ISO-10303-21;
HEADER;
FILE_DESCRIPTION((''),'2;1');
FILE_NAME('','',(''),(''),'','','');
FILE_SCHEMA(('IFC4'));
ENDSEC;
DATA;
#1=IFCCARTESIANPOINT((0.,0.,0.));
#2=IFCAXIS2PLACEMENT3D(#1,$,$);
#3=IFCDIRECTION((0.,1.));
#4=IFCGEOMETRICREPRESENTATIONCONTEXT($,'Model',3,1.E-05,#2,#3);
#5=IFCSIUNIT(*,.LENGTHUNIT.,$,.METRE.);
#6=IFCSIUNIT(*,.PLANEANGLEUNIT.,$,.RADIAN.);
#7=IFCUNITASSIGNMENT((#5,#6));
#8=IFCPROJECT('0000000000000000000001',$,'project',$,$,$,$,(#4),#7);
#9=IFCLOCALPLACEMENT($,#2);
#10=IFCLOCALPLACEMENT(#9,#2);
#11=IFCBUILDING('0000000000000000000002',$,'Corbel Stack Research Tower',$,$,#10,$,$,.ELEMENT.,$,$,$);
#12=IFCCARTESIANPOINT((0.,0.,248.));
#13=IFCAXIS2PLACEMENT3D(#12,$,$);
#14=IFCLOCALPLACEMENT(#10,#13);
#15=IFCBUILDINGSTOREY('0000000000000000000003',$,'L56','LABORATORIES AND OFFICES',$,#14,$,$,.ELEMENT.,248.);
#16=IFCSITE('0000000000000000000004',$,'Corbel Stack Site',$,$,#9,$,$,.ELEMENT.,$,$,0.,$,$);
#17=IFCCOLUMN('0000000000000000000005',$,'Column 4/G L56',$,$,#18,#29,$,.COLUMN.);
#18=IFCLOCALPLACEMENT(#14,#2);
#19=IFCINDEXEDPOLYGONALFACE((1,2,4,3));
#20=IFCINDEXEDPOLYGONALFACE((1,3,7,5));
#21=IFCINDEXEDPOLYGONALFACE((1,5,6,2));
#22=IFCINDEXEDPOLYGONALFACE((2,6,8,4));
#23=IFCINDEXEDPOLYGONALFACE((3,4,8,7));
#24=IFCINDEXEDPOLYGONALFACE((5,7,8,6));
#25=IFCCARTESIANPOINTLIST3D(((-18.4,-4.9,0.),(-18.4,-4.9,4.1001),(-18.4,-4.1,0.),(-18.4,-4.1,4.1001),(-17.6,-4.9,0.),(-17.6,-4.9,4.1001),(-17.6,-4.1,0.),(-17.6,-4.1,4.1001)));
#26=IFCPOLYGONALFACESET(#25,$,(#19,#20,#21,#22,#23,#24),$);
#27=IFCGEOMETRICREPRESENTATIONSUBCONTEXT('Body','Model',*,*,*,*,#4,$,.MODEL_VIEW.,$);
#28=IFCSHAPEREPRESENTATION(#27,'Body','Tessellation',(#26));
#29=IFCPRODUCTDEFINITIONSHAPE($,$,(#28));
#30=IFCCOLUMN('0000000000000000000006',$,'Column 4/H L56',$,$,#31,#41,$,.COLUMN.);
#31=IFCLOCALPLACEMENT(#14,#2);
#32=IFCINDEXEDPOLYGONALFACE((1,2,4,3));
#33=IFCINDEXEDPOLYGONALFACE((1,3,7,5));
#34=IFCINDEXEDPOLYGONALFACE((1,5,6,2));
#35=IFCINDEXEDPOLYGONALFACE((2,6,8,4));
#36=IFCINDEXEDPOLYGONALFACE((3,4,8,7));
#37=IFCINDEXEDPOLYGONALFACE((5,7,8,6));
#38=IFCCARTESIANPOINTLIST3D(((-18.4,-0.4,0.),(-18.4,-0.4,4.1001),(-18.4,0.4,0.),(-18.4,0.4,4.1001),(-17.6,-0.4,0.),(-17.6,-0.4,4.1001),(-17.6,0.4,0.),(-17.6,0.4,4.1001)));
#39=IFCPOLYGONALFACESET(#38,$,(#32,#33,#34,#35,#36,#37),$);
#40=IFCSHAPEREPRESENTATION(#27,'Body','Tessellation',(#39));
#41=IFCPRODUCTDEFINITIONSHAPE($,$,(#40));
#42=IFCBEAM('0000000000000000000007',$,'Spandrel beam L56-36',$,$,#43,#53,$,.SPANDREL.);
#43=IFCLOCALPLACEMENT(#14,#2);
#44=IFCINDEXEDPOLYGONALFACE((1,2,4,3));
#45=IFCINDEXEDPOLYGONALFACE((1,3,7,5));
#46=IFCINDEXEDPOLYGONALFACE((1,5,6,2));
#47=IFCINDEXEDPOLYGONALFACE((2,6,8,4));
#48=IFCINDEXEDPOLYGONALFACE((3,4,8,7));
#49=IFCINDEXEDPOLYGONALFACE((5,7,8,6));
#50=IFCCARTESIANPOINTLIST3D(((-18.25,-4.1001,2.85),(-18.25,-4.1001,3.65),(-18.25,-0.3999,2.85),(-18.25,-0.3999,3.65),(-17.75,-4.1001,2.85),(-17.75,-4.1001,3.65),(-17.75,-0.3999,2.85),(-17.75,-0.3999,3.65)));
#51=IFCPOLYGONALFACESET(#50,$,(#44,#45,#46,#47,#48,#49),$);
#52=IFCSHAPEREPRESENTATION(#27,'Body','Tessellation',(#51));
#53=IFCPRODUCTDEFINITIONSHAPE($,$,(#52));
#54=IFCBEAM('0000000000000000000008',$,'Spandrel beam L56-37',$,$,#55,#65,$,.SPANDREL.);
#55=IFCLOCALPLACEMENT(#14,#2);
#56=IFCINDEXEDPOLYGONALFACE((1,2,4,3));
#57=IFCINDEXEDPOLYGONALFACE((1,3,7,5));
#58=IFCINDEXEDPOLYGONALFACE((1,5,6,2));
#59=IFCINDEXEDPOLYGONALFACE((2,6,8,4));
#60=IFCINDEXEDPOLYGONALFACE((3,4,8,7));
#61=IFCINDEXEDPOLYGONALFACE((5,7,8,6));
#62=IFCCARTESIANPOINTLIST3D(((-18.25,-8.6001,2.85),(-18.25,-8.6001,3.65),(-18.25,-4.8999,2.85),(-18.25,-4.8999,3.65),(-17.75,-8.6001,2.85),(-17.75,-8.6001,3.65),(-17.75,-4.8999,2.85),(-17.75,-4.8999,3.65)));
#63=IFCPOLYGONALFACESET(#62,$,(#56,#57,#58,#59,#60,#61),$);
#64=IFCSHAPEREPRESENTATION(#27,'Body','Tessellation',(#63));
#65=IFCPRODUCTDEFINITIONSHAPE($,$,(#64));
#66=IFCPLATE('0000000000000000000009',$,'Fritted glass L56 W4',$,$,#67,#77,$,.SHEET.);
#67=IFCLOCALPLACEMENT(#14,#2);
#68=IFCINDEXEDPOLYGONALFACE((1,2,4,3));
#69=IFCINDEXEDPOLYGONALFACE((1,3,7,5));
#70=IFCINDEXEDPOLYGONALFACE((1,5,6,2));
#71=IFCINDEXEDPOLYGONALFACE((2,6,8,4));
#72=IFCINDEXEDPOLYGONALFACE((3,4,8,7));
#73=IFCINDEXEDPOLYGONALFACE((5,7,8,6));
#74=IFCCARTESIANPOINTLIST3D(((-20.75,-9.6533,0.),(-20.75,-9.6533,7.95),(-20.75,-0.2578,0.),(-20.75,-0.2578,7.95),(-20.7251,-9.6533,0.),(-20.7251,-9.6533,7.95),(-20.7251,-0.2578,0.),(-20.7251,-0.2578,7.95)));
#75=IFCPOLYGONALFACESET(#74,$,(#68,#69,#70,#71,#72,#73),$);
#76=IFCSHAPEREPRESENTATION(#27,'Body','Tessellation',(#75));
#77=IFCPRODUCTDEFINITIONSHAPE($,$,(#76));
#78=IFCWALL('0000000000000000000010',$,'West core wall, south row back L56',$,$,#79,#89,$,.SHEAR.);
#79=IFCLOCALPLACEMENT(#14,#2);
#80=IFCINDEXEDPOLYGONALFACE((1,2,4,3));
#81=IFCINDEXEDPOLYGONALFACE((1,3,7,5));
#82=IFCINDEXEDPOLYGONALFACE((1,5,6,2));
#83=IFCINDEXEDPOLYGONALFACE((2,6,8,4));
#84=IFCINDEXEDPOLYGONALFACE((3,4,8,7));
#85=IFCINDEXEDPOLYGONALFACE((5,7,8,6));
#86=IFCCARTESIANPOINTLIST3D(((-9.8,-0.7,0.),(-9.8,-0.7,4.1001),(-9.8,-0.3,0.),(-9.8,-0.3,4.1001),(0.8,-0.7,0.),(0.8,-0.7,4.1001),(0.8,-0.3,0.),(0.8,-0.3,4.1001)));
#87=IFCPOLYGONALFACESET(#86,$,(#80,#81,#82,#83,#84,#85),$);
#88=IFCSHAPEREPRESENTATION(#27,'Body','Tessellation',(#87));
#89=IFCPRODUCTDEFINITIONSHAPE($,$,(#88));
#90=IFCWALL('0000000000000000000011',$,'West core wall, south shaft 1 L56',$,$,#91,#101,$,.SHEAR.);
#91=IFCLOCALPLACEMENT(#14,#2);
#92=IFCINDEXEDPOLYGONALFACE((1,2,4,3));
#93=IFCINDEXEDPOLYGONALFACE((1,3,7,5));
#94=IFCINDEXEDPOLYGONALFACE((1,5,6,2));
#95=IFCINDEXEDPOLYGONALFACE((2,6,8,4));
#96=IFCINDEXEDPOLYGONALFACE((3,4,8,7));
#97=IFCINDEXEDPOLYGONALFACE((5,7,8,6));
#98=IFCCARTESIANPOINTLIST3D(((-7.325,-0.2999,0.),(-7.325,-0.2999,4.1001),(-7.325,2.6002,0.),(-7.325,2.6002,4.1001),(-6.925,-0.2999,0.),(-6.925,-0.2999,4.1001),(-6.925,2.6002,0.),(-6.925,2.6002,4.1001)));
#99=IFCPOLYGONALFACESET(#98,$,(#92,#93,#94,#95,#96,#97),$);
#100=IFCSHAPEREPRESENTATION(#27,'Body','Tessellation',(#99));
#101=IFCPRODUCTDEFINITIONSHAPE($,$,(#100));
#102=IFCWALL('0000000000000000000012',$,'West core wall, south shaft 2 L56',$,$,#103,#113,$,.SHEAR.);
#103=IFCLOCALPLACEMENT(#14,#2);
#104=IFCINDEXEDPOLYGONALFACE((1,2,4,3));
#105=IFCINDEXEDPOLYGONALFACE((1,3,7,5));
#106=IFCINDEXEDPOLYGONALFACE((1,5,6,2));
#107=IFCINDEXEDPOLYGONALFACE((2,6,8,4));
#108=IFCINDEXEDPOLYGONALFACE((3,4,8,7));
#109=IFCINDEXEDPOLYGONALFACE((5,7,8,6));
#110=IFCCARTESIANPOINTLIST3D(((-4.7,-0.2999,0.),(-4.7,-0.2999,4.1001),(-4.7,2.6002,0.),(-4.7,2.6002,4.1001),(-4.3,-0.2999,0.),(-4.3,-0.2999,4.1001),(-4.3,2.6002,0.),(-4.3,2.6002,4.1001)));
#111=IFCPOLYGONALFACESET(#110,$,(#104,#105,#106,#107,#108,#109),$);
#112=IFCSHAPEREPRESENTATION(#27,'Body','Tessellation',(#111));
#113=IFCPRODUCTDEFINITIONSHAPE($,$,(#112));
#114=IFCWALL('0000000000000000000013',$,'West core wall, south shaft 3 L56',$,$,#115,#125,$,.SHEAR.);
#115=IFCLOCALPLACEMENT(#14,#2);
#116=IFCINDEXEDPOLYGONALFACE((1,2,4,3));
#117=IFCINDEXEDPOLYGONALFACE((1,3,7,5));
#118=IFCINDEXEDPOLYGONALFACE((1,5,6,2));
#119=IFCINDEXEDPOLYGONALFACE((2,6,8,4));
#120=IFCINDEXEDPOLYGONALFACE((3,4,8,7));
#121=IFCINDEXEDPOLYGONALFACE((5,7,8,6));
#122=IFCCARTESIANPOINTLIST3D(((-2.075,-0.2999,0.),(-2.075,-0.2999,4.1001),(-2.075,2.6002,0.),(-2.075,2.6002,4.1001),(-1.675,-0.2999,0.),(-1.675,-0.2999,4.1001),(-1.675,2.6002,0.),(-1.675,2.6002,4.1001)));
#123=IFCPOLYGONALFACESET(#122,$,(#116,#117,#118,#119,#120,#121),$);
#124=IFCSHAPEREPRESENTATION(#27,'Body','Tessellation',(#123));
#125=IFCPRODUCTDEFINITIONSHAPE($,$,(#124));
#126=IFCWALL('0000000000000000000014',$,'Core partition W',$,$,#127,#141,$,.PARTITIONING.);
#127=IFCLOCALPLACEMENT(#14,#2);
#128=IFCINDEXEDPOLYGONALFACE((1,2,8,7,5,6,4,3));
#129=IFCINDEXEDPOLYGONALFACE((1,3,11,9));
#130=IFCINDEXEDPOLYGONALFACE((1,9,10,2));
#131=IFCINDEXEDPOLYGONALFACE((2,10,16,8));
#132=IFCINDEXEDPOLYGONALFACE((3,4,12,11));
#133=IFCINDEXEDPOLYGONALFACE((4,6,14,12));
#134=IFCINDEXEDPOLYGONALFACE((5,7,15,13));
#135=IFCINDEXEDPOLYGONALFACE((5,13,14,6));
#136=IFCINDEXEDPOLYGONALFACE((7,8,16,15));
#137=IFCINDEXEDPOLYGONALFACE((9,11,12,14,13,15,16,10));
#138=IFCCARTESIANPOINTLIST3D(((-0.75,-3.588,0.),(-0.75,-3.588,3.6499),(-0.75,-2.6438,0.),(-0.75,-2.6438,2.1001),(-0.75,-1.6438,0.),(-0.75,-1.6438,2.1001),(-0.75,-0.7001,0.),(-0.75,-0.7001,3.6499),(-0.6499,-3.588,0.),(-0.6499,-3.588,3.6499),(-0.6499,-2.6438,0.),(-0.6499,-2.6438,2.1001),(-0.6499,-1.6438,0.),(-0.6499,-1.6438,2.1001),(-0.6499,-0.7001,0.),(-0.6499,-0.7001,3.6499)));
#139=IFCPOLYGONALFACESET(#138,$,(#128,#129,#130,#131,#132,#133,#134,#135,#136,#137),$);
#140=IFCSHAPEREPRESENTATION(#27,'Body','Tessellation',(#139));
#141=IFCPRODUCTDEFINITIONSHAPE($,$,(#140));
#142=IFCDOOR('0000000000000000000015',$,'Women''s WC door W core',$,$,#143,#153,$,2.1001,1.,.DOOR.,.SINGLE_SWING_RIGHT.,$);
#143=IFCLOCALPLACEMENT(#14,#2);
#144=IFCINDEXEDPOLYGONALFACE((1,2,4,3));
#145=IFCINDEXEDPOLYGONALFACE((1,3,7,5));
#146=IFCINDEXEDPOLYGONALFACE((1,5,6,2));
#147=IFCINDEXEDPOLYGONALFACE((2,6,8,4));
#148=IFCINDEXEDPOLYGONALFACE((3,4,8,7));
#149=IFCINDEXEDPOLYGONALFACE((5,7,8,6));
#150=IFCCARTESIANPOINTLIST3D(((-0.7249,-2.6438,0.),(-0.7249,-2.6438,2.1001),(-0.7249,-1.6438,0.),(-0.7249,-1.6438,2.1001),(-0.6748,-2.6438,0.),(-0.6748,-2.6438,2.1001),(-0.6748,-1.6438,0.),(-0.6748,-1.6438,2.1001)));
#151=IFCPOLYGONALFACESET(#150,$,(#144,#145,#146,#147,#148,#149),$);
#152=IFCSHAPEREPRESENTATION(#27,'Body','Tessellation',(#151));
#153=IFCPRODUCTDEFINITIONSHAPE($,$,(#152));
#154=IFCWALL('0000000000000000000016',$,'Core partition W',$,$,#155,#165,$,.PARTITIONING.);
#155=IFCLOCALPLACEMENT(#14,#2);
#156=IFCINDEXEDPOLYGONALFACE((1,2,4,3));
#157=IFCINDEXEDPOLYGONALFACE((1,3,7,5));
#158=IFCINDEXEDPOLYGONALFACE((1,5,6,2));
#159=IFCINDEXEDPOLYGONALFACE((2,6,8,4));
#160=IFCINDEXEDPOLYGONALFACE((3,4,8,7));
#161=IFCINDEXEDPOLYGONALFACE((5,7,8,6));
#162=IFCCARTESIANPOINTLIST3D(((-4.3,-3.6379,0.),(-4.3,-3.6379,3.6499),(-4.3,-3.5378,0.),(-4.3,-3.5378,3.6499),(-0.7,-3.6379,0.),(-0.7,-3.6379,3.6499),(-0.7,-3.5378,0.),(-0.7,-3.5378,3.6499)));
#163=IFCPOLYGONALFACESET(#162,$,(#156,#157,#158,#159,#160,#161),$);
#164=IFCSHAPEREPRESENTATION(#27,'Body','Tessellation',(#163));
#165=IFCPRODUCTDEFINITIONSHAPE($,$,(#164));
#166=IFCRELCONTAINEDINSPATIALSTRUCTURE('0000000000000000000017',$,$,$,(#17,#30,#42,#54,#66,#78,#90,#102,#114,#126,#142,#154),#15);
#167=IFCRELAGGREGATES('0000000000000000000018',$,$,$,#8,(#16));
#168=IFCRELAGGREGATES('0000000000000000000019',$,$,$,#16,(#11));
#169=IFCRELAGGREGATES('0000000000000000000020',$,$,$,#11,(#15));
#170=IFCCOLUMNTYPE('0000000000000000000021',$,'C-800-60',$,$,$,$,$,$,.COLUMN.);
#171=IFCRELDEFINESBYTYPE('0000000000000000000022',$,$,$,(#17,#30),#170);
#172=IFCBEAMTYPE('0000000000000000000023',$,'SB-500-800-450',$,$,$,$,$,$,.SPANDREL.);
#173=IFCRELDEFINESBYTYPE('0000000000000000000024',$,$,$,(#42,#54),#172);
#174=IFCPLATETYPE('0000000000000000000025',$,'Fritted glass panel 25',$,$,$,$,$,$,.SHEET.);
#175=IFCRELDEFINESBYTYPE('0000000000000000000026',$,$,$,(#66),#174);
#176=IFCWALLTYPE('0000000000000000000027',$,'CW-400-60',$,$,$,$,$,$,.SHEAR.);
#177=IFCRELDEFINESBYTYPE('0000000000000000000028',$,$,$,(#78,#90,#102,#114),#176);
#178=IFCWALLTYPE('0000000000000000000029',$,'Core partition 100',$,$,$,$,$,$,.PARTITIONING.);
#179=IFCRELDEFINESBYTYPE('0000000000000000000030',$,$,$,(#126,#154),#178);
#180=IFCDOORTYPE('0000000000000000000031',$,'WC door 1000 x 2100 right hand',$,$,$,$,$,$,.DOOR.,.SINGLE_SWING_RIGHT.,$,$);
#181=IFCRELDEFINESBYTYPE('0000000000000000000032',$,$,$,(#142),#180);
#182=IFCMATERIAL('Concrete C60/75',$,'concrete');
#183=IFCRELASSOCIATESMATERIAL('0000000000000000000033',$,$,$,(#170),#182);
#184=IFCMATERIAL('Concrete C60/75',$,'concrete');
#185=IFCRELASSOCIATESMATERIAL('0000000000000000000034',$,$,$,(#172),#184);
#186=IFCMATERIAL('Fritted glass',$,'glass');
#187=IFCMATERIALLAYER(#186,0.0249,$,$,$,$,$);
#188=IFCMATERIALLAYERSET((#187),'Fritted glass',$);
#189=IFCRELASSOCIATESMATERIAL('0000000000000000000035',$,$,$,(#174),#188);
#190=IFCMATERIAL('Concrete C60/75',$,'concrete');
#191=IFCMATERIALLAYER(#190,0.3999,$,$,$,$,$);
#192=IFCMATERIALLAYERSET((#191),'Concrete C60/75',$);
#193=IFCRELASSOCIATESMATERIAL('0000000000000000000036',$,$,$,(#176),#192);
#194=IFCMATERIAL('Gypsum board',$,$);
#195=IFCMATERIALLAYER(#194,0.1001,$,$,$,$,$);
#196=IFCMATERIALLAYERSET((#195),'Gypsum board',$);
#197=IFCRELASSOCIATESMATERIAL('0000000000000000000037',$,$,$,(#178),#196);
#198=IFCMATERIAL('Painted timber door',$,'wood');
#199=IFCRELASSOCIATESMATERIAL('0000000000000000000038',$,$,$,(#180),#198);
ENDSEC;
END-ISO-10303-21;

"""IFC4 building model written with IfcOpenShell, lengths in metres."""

from ifc_helpers import new_model, si_unit, direction, frame, frame_2d, origin, origin_2d, place, context, subcontext, project, spatial, rectangle, extrude, material, layer, layer_set, material_profile, profile_set, type_object, element, fill, save


model = new_model("IFC4")

# Units and contexts
model_context = context("Model", 3, precision=1e-05, world=origin(), true_north=direction((0.0, 1.0)))
body_context = subcontext(model_context, "Body", "Model", "MODEL_VIEW")
ifc_project = project(units=[si_unit("LENGTHUNIT", "METRE"), si_unit("PLANEANGLEUNIT", "RADIAN")], contexts=[model_context])

# Site, building, storey
site_placement = place(None, origin())
site = spatial("IfcSite", under=ifc_project, at=site_placement, Name="Corbel Stack Site", CompositionType="ELEMENT", RefElevation=0.0)
building_placement = place(site_placement, origin())
building = spatial("IfcBuilding", under=site, at=building_placement, Name="Corbel Stack Research Tower", CompositionType="ELEMENT")
storey_placement = place(building_placement, frame((0.0, 0.0, 248.0)))
storey = spatial("IfcBuildingStorey", under=building, at=storey_placement, Name="L56", Description="LABORATORIES AND OFFICES", CompositionType="ELEMENT", Elevation=248.0)

# Columns
ifc_material_1 = material(Name="Concrete C60/75", Category="concrete")
ifc_material_profile_1 = material_profile(ifc_material_1, rectangle(XDim=0.8, YDim=0.8, at=origin_2d()), Name="RC 800 x 800")
ifc_profile_set_1 = profile_set([ifc_material_profile_1], Name="Concrete C60/75")
column_type = type_object("IfcColumnType", Name="C-800-60", PredefinedType="COLUMN", material=ifc_profile_set_1)
for number, where, z_axis, x_axis, name in (
    (1, (-18.0, -4.5, 0.0), (0.0, 0.0, 1.0), (1.0, 0.0, 0.0), "Column 4/G L56"),
    (2, (-18.0, 0.0, 0.0), (0.0, 0.0, 1.0), (1.0, 0.0, 0.0), "Column 4/H L56"),
):
    element("IfcColumn", number, at=place(storey_placement, frame(where, z_axis=z_axis, x_axis=x_axis)), inside=storey, type_object=column_type, Name=name, PredefinedType="COLUMN", context=body_context, shape_type="SweptSolid", body=[
        extrude(rectangle(XDim=0.8, YDim=0.8, at=origin_2d()), origin(), (0.0, 0.0, 1.0), 4.1001),
    ])

# Beams
ifc_material_2 = material(Name="Concrete C60/75", Category="concrete")
ifc_material_profile_2 = material_profile(ifc_material_2, rectangle(XDim=0.5, YDim=0.8, at=origin_2d()), Name="RC 500 x 800")
ifc_profile_set_2 = profile_set([ifc_material_profile_2], Name="Concrete C60/75")
beam_type = type_object("IfcBeamType", Name="SB-500-800-450", PredefinedType="SPANDREL", material=ifc_profile_set_2)
for number, where, z_axis, x_axis, name in (
    (3, (-18.0, -0.3999, 3.25), (0.0, -1.0, 0.0), (1.0, 0.0, 0.0), "Spandrel beam L56-36"),
    (4, (-18.0, -4.8999, 3.25), (0.0, -1.0, 0.0), (1.0, 0.0, 0.0), "Spandrel beam L56-37"),
):
    element("IfcBeam", number, at=place(storey_placement, frame(where, z_axis=z_axis, x_axis=x_axis)), inside=storey, type_object=beam_type, Name=name, PredefinedType="SPANDREL", context=body_context, shape_type="SweptSolid", body=[
        extrude(rectangle(XDim=0.5, YDim=0.8, at=origin_2d()), origin(), (0.0, 0.0, 1.0), 3.7002),
    ])

# Plate
ifc_material_3 = material(Name="Fritted glass", Category="glass")
ifc_layer_1 = layer(ifc_material_3, 0.0249)
ifc_layer_set_1 = layer_set([ifc_layer_1], Name="Fritted glass")
plate_type = type_object("IfcPlateType", Name="Fritted glass panel 25", PredefinedType="SHEET", material=ifc_layer_set_1)
plate_placement = place(storey_placement, frame((-20.7375, -4.9556, 0.0), z_axis=(0.0, 0.0, 1.0), x_axis=(0.0, -1.0, 0.0)))
element("IfcPlate", 5, at=plate_placement, inside=storey, type_object=plate_type, Name="Fritted glass L56 W4", PredefinedType="SHEET", context=body_context, shape_type="SweptSolid", body=[
    extrude(rectangle(XDim=9.3955, YDim=0.0249, at=origin_2d()), origin(), (0.0, 0.0, 1.0), 7.95),
])

# Walls
ifc_material_4 = material(Name="Concrete C60/75", Category="concrete")
ifc_layer_2 = layer(ifc_material_4, 0.3999)
ifc_layer_set_2 = layer_set([ifc_layer_2], Name="Concrete C60/75")
wall_type_1 = type_object("IfcWallType", Name="CW-400-60", PredefinedType="SHEAR", material=ifc_layer_set_2)
wall_1_placement = place(storey_placement, frame((-9.8, -0.5, 0.0), z_axis=(0.0, 0.0, 1.0), x_axis=(1.0, 0.0, 0.0)))
element("IfcWall", 6, at=wall_1_placement, inside=storey, type_object=wall_type_1, Name="West core wall, south row back L56", PredefinedType="SHEAR", context=body_context, shape_type="SweptSolid", body=[
    extrude(rectangle(XDim=10.6001, YDim=0.3999, at=frame_2d((5.3, 0.0))), origin(), (0.0, 0.0, 1.0), 4.1001),
])
for number, where, z_axis, x_axis, name in (
    (7, (-7.125, -0.3, 0.0), (0.0, 0.0, 1.0), (0.0, 1.0, 0.0), "West core wall, south shaft 1 L56"),
    (8, (-4.5, -0.3, 0.0), (0.0, 0.0, 1.0), (0.0, 1.0, 0.0), "West core wall, south shaft 2 L56"),
    (9, (-1.875, -0.3, 0.0), (0.0, 0.0, 1.0), (0.0, 1.0, 0.0), "West core wall, south shaft 3 L56"),
):
    element("IfcWall", number, at=place(storey_placement, frame(where, z_axis=z_axis, x_axis=x_axis)), inside=storey, type_object=wall_type_1, Name=name, PredefinedType="SHEAR", context=body_context, shape_type="SweptSolid", body=[
        extrude(rectangle(XDim=2.9001, YDim=0.3999, at=frame_2d((1.4502, 0.0))), origin(), (0.0, 0.0, 1.0), 4.1001),
    ])

# Wall, opening, door
ifc_material_5 = material(Name="Gypsum board")
ifc_layer_3 = layer(ifc_material_5, 0.1001)
ifc_layer_set_3 = layer_set([ifc_layer_3], Name="Gypsum board")
wall_type_2 = type_object("IfcWallType", Name="Core partition 100", PredefinedType="PARTITIONING", material=ifc_layer_set_3)
wall_2_placement = place(storey_placement, frame((-0.7, -3.5879, 0.0), z_axis=(0.0, 0.0, 1.0), x_axis=(0.0, 1.0, 0.0)))
wall_2 = element("IfcWall", 10, at=wall_2_placement, inside=storey, type_object=wall_type_2, Name="Core partition W", PredefinedType="PARTITIONING", context=body_context, shape_type="SweptSolid", body=[
    extrude(rectangle(XDim=2.8879, YDim=0.1001, at=frame_2d((1.4438, 0.0))), origin(), (0.0, 0.0, 1.0), 3.6499),
])
opening_1_placement = place(wall_2_placement, frame((0.9441, 0.0, 0.0)))
opening_1 = element("IfcOpeningElement", 11, at=opening_1_placement, cuts=wall_2, PredefinedType="OPENING", context=body_context, shape_type="SweptSolid", body=[
    extrude(rectangle(XDim=1.0, YDim=2.1001, at=frame_2d((0.5, 1.05))), frame((0.0, 0.0601, 0.0), z_axis=(0.0, -1.0, 0.0), x_axis=(1.0, 0.0, 0.0)), (0.0, 0.0, 1.0), 0.1201),
])
ifc_material_6 = material(Name="Painted timber door", Category="wood")
door_type_1 = type_object("IfcDoorType", Name="WC door 1000 x 2100 right hand", OperationType="SINGLE_SWING_RIGHT", PredefinedType="DOOR", material=ifc_material_6)
door_1_placement = place(opening_1_placement, origin())
door_1 = element("IfcDoor", 12, at=door_1_placement, inside=storey, type_object=door_type_1, Name="Women's WC door W core", OperationType="SINGLE_SWING_RIGHT", OverallHeight=2.1001, OverallWidth=1.0, PredefinedType="DOOR", context=body_context, shape_type="SweptSolid", body=[
    extrude(rectangle(XDim=1.0, YDim=2.1001, at=frame_2d((0.5, 1.05))), frame((0.0, 0.0249, 0.0), z_axis=(0.0, -1.0, 0.0), x_axis=(1.0, 0.0, 0.0)), (0.0, 0.0, 1.0), 0.05),
])
fill(opening_1, door_1)

# Wall
wall_3_placement = place(storey_placement, frame((-4.3, -3.5879, 0.0), z_axis=(0.0, 0.0, 1.0), x_axis=(1.0, 0.0, 0.0)))
element("IfcWall", 13, at=wall_3_placement, inside=storey, type_object=wall_type_2, Name="Core partition W", PredefinedType="PARTITIONING", context=body_context, shape_type="SweptSolid", body=[
    extrude(rectangle(XDim=3.6001, YDim=0.1001, at=frame_2d((1.8, 0.0))), origin(), (0.0, 0.0, 1.0), 3.6499),
])

save(model, "model.ifc")
